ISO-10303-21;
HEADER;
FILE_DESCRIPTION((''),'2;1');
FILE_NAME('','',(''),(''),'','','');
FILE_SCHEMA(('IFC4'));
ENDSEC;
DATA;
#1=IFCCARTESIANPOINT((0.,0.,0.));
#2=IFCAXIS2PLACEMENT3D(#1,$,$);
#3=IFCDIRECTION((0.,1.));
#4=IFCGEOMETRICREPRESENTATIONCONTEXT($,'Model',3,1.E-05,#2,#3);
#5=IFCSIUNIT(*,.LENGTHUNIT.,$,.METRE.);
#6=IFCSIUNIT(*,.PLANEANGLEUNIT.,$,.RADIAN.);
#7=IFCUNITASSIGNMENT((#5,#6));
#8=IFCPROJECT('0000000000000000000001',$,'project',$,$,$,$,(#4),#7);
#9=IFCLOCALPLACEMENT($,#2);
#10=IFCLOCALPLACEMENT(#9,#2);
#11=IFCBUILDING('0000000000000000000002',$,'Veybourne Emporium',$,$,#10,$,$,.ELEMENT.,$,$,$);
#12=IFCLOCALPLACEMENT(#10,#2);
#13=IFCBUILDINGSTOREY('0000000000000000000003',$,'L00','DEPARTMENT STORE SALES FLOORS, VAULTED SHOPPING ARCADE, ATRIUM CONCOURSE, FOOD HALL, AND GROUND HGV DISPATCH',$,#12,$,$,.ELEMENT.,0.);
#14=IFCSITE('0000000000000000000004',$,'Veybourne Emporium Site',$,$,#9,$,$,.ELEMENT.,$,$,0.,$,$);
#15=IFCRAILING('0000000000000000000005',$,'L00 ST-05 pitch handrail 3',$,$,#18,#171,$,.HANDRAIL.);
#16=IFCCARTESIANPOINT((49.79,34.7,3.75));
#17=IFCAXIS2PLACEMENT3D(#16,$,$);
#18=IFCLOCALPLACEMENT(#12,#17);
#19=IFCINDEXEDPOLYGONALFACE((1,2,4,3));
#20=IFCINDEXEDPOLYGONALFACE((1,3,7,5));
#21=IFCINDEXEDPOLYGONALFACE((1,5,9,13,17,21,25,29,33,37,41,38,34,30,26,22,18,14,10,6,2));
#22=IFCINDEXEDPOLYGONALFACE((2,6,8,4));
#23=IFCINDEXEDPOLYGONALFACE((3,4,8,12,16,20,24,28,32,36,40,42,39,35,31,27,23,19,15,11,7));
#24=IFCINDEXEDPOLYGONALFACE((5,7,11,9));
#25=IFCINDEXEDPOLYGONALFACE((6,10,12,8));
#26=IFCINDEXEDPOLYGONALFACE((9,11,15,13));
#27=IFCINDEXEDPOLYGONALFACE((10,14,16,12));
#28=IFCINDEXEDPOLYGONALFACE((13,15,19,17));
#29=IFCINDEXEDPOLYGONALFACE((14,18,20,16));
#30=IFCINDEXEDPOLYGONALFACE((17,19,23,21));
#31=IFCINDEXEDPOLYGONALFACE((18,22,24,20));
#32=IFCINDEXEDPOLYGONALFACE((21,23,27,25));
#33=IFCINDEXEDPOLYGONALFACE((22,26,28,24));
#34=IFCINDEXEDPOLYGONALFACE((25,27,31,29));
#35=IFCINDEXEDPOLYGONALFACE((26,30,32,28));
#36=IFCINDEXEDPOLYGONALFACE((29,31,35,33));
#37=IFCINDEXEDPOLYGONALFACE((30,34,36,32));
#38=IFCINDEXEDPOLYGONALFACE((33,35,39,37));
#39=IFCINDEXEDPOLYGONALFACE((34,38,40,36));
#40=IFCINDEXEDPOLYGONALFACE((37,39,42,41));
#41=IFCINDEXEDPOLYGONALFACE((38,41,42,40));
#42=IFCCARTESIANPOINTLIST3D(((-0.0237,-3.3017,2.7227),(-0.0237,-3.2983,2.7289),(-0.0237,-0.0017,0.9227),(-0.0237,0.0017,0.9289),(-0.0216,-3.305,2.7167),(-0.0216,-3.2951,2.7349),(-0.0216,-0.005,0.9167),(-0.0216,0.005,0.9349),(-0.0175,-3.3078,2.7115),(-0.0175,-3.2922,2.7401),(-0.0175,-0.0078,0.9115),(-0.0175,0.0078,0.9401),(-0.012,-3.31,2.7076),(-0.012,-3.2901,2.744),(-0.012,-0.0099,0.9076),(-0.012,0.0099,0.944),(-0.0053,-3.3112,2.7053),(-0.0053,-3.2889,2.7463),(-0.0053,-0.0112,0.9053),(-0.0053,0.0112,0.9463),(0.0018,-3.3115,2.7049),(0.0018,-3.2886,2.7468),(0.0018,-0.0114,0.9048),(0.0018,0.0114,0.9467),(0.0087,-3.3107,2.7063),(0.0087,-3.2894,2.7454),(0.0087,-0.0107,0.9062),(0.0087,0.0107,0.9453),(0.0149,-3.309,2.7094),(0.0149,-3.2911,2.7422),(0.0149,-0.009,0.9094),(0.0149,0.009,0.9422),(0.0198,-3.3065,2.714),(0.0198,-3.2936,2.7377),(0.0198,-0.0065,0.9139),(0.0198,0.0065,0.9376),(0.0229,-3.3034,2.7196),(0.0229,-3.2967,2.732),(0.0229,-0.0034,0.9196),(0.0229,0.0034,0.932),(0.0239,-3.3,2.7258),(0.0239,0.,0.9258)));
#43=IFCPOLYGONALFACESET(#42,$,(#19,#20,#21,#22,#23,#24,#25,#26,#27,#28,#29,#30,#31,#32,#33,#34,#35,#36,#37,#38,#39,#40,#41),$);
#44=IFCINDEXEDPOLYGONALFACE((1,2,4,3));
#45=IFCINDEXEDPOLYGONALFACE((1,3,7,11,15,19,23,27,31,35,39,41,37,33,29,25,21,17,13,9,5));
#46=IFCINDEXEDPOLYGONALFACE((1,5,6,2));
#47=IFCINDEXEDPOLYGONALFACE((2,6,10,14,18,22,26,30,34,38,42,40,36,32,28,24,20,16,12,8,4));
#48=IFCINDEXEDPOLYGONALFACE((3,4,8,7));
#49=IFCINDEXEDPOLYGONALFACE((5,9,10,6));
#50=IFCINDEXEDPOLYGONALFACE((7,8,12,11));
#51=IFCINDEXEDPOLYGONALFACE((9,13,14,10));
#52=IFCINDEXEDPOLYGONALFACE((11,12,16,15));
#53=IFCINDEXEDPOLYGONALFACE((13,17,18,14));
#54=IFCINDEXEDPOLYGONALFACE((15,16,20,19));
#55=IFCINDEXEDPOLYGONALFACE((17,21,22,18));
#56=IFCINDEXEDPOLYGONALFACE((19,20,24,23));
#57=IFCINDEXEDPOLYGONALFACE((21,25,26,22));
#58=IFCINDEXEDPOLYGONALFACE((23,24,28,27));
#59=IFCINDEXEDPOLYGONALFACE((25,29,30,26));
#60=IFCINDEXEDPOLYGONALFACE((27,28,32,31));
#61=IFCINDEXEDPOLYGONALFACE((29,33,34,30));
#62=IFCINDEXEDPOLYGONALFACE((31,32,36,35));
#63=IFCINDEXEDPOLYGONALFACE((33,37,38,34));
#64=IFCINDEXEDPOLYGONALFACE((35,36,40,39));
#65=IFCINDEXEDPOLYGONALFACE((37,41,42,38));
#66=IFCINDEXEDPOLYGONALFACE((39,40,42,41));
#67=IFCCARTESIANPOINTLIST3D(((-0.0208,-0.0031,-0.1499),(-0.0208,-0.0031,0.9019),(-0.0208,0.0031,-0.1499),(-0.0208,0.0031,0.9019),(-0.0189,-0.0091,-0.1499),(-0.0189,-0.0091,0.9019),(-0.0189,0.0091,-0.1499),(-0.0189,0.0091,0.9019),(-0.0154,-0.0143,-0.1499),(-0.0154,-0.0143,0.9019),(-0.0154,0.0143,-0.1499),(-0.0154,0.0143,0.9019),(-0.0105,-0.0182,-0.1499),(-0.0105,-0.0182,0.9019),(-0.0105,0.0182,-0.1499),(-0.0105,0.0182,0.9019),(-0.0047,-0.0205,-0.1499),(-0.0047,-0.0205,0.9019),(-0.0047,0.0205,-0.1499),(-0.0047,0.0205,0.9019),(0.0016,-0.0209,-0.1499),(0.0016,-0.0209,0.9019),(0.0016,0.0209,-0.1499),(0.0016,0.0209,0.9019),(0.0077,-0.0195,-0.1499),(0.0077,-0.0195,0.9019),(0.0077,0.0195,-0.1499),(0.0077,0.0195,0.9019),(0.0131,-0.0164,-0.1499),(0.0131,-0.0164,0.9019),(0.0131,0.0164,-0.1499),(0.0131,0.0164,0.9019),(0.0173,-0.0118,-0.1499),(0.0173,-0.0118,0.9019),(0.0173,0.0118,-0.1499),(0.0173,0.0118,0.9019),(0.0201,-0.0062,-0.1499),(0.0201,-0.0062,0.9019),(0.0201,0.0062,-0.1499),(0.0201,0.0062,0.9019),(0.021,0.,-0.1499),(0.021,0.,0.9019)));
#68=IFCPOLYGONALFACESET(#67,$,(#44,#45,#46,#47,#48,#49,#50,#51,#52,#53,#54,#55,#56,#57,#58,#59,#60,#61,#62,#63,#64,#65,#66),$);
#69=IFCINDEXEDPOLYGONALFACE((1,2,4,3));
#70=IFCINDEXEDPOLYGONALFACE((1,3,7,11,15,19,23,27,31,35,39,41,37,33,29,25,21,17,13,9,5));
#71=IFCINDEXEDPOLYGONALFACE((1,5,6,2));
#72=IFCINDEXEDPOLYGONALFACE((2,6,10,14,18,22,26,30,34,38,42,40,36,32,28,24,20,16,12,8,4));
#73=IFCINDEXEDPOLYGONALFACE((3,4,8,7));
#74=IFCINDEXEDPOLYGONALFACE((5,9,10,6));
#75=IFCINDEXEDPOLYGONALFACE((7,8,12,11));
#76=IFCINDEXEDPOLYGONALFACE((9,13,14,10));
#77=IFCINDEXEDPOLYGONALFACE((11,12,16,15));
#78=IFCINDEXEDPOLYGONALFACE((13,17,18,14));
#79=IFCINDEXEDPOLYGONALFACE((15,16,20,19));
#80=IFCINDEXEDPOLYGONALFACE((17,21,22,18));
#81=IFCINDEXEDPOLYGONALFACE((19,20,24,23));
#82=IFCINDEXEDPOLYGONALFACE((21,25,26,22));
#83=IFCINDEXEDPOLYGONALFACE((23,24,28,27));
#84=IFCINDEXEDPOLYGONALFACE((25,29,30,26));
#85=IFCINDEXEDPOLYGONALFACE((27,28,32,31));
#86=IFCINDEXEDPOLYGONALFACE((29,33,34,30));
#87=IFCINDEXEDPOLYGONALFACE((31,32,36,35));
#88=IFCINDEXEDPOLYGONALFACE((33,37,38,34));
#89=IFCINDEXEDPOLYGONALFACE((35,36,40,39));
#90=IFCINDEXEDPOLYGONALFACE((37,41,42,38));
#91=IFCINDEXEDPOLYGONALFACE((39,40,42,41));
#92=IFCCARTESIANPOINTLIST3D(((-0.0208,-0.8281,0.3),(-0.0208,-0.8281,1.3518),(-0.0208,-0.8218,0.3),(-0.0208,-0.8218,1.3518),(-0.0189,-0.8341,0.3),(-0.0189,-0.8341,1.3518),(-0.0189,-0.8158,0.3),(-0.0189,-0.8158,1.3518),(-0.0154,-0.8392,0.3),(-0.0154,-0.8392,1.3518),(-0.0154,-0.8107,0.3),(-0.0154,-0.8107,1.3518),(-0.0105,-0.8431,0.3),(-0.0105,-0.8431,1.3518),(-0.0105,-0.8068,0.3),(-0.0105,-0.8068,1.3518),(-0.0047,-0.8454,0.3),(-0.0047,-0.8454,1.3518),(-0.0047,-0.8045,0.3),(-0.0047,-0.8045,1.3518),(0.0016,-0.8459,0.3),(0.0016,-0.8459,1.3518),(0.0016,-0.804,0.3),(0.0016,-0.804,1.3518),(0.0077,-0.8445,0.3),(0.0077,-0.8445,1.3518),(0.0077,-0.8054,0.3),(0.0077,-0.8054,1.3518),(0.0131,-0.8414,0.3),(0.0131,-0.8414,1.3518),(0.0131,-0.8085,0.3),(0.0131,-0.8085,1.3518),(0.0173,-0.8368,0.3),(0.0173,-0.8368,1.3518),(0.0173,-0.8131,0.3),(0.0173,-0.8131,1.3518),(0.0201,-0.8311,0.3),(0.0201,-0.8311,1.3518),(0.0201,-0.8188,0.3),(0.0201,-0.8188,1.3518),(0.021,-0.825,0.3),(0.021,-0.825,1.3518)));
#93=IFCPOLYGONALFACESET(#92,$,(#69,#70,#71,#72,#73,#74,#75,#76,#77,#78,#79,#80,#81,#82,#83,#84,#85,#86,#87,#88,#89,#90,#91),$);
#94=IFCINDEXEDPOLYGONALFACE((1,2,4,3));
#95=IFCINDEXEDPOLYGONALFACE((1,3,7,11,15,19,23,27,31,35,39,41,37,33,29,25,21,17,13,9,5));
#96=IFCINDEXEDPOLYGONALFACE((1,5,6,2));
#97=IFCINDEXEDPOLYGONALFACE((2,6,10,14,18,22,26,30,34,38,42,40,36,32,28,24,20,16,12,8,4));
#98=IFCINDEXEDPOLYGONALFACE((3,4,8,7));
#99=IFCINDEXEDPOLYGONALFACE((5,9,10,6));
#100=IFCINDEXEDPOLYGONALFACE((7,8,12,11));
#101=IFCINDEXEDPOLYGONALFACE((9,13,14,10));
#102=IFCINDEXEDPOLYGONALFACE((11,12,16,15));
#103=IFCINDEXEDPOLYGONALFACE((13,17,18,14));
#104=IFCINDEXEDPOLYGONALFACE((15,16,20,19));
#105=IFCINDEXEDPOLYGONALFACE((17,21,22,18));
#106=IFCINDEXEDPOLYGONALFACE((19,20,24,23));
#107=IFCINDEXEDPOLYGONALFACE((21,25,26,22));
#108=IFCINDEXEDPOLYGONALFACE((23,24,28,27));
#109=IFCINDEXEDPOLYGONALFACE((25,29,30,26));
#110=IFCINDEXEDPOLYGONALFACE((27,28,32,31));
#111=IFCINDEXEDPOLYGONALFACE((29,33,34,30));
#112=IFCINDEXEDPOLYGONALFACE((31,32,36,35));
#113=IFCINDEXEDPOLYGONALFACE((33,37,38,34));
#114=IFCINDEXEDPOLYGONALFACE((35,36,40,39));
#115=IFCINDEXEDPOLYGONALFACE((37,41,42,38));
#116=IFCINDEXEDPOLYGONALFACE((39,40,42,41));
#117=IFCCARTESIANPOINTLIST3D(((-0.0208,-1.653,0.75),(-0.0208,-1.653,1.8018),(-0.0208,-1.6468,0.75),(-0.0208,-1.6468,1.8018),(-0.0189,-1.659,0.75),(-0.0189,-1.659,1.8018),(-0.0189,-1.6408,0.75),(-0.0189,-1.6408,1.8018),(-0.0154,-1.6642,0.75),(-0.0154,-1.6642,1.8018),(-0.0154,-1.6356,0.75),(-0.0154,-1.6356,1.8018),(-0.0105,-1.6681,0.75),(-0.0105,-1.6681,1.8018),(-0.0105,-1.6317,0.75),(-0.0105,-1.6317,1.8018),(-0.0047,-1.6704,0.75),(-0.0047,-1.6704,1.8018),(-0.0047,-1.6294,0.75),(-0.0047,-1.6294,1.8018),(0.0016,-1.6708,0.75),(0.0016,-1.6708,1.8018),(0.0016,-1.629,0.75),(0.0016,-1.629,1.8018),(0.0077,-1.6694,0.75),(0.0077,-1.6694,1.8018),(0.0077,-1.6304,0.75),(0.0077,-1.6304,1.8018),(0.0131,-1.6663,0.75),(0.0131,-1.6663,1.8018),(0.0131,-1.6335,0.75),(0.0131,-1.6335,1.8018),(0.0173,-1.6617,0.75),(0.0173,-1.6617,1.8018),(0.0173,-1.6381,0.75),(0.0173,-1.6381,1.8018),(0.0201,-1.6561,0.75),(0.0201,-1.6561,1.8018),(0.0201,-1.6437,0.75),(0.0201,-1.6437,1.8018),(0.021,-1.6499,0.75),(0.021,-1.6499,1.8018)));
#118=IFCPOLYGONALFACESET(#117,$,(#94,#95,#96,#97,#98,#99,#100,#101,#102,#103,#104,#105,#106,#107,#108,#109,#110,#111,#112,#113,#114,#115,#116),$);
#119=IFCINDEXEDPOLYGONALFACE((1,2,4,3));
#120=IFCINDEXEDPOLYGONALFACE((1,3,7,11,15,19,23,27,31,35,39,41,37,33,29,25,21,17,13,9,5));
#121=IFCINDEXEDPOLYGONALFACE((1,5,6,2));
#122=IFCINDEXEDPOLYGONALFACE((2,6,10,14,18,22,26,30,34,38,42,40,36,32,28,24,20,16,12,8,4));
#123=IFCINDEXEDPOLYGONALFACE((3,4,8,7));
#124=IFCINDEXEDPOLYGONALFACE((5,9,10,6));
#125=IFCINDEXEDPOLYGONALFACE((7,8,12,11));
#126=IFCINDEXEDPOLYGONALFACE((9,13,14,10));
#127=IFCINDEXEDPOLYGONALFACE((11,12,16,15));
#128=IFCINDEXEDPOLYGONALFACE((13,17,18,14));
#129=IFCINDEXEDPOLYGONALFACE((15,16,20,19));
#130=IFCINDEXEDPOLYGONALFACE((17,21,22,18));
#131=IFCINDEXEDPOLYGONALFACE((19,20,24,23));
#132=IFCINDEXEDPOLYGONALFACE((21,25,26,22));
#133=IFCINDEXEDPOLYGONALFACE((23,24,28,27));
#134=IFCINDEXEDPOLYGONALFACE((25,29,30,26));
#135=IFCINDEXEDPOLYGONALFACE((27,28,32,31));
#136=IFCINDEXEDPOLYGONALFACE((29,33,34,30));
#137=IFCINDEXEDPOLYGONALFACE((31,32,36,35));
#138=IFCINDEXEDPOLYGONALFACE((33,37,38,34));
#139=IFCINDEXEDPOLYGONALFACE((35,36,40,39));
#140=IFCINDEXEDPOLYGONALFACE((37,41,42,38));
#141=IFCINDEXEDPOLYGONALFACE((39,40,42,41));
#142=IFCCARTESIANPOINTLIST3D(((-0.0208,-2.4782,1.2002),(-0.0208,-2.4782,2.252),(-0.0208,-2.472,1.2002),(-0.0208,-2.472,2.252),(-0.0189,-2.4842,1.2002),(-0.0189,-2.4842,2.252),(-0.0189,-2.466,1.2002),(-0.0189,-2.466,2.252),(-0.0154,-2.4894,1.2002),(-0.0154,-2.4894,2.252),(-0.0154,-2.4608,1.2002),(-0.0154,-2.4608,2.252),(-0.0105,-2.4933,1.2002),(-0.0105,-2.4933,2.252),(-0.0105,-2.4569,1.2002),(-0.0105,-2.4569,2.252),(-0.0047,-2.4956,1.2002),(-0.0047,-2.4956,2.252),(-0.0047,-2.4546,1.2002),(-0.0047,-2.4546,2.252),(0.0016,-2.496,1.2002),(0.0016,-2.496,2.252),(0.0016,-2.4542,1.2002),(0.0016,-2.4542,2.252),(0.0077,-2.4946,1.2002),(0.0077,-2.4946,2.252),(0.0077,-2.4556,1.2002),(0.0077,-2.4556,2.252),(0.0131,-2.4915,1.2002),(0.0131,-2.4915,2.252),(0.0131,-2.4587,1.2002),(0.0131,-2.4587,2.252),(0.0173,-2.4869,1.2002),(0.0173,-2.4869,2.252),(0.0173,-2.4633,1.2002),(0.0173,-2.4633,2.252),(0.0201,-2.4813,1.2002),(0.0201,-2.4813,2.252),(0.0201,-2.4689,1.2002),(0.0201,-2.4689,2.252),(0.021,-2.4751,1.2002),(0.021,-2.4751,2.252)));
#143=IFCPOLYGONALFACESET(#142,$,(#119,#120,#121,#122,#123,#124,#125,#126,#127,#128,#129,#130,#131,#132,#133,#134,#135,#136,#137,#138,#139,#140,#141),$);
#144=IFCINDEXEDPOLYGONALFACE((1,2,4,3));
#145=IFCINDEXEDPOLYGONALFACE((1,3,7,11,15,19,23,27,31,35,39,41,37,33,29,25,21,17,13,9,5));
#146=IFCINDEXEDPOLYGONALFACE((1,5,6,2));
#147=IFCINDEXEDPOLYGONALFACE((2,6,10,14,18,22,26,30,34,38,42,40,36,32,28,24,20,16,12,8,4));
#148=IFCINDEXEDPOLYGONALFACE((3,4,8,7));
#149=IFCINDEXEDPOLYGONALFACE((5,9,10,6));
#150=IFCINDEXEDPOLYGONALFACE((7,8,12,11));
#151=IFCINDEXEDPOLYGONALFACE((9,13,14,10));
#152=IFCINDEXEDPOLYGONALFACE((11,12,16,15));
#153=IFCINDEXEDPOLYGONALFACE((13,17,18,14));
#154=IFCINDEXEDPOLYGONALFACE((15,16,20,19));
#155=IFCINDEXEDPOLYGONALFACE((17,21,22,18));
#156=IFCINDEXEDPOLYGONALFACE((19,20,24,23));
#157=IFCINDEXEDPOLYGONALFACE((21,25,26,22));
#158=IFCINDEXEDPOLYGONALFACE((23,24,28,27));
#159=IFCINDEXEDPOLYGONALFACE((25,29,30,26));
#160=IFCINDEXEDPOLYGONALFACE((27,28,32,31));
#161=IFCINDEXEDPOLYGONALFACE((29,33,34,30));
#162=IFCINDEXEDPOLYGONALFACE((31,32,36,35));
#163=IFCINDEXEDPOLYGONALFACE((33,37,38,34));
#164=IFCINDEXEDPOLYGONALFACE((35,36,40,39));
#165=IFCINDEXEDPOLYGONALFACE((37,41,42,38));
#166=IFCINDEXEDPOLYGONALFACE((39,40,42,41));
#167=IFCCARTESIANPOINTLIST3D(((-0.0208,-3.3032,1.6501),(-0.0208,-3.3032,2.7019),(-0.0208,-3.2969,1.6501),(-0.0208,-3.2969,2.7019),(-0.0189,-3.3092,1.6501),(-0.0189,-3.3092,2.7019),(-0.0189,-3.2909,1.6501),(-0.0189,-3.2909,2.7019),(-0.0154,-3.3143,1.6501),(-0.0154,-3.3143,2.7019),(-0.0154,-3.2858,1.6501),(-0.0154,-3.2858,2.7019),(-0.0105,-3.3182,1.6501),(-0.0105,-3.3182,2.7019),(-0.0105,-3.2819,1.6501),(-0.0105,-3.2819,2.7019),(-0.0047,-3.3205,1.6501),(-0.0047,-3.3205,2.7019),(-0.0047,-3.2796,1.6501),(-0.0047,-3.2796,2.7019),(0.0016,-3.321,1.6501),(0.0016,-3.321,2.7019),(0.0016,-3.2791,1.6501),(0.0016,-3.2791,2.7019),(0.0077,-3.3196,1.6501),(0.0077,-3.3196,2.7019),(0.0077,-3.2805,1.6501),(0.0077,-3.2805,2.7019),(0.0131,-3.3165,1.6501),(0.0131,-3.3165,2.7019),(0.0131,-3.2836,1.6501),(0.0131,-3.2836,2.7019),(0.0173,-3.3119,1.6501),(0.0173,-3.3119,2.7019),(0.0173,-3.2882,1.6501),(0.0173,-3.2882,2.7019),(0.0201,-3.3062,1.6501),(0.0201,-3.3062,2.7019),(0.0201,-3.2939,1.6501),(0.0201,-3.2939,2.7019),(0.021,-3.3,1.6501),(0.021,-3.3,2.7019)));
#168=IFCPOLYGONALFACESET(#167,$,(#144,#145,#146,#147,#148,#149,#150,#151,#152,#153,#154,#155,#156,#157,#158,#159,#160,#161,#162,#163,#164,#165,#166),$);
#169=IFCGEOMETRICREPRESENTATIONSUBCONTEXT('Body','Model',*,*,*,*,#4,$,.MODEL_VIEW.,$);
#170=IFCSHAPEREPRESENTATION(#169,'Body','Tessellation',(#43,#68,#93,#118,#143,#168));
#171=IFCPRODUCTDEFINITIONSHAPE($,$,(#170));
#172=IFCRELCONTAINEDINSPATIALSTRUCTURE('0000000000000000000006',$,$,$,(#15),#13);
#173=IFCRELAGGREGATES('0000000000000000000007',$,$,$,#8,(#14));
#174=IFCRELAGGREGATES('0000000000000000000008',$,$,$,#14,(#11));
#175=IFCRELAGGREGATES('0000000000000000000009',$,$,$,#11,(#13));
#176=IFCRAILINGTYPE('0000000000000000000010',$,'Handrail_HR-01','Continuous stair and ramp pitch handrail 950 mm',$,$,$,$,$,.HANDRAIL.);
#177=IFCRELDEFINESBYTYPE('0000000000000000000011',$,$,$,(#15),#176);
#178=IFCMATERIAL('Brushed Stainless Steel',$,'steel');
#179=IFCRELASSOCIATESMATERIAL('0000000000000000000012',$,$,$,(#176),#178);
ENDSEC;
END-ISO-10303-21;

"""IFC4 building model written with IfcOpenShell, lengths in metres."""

from ifc_helpers import new_model, si_unit, direction, frame, origin, origin_2d, place, context, subcontext, project, spatial, circle, extrude, material, type_object, element, save


model = new_model("IFC4")

# Units and contexts
model_context = context("Model", 3, precision=1e-05, world=origin(), true_north=direction((0.0, 1.0)))
body_context = subcontext(model_context, "Body", "Model", "MODEL_VIEW")
ifc_project = project(units=[si_unit("LENGTHUNIT", "METRE"), si_unit("PLANEANGLEUNIT", "RADIAN")], contexts=[model_context])

# Site, building, storey
site_placement = place(None, origin())
site = spatial("IfcSite", under=ifc_project, at=site_placement, Name="Veybourne Emporium Site", CompositionType="ELEMENT", RefElevation=0.0)
building_placement = place(site_placement, origin())
building = spatial("IfcBuilding", under=site, at=building_placement, Name="Veybourne Emporium", CompositionType="ELEMENT")
storey_placement = place(building_placement, origin())
storey = spatial("IfcBuildingStorey", under=building, at=storey_placement, Name="L00", Description="DEPARTMENT STORE SALES FLOORS, VAULTED SHOPPING ARCADE, ATRIUM CONCOURSE, FOOD HALL, AND GROUND HGV DISPATCH", CompositionType="ELEMENT", Elevation=0.0)

# Railing
ifc_material_1 = material(Name="Brushed Stainless Steel", Category="steel")
railing_type_1 = type_object("IfcRailingType", Name="Handrail_HR-01", Description="Continuous stair and ramp pitch handrail 950 mm", PredefinedType="HANDRAIL", material=ifc_material_1)
railing_1_placement = place(storey_placement, frame((49.79, 34.7, 3.75)))
element("IfcRailing", 1, at=railing_1_placement, inside=storey, type_object=railing_type_1, Name="L00 ST-05 pitch handrail 3", PredefinedType="HANDRAIL", context=body_context, shape_type="SweptSolid", body=[
    extrude(circle(Radius=0.0239, at=origin_2d()), frame((0.0, 0.0, 0.9258), z_axis=(0.0, -0.877893, 0.478857), x_axis=(1.0, 0.0, 0.0)), (0.0, 0.0, 1.0), 3.759),
    extrude(circle(Radius=0.021, at=origin_2d()), frame((0.0, 0.0, -0.1499)), (0.0, 0.0, 1.0), 1.0518),
    extrude(circle(Radius=0.021, at=origin_2d()), frame((0.0, -0.825, 0.3)), (0.0, 0.0, 1.0), 1.0518),
    extrude(circle(Radius=0.021, at=origin_2d()), frame((0.0, -1.6499, 0.75)), (0.0, 0.0, 1.0), 1.0518),
    extrude(circle(Radius=0.021, at=origin_2d()), frame((0.0, -2.4751, 1.2002)), (0.0, 0.0, 1.0), 1.0518),
    extrude(circle(Radius=0.021, at=origin_2d()), frame((0.0, -3.3, 1.6501)), (0.0, 0.0, 1.0), 1.0518),
])

save(model, "model.ifc")
